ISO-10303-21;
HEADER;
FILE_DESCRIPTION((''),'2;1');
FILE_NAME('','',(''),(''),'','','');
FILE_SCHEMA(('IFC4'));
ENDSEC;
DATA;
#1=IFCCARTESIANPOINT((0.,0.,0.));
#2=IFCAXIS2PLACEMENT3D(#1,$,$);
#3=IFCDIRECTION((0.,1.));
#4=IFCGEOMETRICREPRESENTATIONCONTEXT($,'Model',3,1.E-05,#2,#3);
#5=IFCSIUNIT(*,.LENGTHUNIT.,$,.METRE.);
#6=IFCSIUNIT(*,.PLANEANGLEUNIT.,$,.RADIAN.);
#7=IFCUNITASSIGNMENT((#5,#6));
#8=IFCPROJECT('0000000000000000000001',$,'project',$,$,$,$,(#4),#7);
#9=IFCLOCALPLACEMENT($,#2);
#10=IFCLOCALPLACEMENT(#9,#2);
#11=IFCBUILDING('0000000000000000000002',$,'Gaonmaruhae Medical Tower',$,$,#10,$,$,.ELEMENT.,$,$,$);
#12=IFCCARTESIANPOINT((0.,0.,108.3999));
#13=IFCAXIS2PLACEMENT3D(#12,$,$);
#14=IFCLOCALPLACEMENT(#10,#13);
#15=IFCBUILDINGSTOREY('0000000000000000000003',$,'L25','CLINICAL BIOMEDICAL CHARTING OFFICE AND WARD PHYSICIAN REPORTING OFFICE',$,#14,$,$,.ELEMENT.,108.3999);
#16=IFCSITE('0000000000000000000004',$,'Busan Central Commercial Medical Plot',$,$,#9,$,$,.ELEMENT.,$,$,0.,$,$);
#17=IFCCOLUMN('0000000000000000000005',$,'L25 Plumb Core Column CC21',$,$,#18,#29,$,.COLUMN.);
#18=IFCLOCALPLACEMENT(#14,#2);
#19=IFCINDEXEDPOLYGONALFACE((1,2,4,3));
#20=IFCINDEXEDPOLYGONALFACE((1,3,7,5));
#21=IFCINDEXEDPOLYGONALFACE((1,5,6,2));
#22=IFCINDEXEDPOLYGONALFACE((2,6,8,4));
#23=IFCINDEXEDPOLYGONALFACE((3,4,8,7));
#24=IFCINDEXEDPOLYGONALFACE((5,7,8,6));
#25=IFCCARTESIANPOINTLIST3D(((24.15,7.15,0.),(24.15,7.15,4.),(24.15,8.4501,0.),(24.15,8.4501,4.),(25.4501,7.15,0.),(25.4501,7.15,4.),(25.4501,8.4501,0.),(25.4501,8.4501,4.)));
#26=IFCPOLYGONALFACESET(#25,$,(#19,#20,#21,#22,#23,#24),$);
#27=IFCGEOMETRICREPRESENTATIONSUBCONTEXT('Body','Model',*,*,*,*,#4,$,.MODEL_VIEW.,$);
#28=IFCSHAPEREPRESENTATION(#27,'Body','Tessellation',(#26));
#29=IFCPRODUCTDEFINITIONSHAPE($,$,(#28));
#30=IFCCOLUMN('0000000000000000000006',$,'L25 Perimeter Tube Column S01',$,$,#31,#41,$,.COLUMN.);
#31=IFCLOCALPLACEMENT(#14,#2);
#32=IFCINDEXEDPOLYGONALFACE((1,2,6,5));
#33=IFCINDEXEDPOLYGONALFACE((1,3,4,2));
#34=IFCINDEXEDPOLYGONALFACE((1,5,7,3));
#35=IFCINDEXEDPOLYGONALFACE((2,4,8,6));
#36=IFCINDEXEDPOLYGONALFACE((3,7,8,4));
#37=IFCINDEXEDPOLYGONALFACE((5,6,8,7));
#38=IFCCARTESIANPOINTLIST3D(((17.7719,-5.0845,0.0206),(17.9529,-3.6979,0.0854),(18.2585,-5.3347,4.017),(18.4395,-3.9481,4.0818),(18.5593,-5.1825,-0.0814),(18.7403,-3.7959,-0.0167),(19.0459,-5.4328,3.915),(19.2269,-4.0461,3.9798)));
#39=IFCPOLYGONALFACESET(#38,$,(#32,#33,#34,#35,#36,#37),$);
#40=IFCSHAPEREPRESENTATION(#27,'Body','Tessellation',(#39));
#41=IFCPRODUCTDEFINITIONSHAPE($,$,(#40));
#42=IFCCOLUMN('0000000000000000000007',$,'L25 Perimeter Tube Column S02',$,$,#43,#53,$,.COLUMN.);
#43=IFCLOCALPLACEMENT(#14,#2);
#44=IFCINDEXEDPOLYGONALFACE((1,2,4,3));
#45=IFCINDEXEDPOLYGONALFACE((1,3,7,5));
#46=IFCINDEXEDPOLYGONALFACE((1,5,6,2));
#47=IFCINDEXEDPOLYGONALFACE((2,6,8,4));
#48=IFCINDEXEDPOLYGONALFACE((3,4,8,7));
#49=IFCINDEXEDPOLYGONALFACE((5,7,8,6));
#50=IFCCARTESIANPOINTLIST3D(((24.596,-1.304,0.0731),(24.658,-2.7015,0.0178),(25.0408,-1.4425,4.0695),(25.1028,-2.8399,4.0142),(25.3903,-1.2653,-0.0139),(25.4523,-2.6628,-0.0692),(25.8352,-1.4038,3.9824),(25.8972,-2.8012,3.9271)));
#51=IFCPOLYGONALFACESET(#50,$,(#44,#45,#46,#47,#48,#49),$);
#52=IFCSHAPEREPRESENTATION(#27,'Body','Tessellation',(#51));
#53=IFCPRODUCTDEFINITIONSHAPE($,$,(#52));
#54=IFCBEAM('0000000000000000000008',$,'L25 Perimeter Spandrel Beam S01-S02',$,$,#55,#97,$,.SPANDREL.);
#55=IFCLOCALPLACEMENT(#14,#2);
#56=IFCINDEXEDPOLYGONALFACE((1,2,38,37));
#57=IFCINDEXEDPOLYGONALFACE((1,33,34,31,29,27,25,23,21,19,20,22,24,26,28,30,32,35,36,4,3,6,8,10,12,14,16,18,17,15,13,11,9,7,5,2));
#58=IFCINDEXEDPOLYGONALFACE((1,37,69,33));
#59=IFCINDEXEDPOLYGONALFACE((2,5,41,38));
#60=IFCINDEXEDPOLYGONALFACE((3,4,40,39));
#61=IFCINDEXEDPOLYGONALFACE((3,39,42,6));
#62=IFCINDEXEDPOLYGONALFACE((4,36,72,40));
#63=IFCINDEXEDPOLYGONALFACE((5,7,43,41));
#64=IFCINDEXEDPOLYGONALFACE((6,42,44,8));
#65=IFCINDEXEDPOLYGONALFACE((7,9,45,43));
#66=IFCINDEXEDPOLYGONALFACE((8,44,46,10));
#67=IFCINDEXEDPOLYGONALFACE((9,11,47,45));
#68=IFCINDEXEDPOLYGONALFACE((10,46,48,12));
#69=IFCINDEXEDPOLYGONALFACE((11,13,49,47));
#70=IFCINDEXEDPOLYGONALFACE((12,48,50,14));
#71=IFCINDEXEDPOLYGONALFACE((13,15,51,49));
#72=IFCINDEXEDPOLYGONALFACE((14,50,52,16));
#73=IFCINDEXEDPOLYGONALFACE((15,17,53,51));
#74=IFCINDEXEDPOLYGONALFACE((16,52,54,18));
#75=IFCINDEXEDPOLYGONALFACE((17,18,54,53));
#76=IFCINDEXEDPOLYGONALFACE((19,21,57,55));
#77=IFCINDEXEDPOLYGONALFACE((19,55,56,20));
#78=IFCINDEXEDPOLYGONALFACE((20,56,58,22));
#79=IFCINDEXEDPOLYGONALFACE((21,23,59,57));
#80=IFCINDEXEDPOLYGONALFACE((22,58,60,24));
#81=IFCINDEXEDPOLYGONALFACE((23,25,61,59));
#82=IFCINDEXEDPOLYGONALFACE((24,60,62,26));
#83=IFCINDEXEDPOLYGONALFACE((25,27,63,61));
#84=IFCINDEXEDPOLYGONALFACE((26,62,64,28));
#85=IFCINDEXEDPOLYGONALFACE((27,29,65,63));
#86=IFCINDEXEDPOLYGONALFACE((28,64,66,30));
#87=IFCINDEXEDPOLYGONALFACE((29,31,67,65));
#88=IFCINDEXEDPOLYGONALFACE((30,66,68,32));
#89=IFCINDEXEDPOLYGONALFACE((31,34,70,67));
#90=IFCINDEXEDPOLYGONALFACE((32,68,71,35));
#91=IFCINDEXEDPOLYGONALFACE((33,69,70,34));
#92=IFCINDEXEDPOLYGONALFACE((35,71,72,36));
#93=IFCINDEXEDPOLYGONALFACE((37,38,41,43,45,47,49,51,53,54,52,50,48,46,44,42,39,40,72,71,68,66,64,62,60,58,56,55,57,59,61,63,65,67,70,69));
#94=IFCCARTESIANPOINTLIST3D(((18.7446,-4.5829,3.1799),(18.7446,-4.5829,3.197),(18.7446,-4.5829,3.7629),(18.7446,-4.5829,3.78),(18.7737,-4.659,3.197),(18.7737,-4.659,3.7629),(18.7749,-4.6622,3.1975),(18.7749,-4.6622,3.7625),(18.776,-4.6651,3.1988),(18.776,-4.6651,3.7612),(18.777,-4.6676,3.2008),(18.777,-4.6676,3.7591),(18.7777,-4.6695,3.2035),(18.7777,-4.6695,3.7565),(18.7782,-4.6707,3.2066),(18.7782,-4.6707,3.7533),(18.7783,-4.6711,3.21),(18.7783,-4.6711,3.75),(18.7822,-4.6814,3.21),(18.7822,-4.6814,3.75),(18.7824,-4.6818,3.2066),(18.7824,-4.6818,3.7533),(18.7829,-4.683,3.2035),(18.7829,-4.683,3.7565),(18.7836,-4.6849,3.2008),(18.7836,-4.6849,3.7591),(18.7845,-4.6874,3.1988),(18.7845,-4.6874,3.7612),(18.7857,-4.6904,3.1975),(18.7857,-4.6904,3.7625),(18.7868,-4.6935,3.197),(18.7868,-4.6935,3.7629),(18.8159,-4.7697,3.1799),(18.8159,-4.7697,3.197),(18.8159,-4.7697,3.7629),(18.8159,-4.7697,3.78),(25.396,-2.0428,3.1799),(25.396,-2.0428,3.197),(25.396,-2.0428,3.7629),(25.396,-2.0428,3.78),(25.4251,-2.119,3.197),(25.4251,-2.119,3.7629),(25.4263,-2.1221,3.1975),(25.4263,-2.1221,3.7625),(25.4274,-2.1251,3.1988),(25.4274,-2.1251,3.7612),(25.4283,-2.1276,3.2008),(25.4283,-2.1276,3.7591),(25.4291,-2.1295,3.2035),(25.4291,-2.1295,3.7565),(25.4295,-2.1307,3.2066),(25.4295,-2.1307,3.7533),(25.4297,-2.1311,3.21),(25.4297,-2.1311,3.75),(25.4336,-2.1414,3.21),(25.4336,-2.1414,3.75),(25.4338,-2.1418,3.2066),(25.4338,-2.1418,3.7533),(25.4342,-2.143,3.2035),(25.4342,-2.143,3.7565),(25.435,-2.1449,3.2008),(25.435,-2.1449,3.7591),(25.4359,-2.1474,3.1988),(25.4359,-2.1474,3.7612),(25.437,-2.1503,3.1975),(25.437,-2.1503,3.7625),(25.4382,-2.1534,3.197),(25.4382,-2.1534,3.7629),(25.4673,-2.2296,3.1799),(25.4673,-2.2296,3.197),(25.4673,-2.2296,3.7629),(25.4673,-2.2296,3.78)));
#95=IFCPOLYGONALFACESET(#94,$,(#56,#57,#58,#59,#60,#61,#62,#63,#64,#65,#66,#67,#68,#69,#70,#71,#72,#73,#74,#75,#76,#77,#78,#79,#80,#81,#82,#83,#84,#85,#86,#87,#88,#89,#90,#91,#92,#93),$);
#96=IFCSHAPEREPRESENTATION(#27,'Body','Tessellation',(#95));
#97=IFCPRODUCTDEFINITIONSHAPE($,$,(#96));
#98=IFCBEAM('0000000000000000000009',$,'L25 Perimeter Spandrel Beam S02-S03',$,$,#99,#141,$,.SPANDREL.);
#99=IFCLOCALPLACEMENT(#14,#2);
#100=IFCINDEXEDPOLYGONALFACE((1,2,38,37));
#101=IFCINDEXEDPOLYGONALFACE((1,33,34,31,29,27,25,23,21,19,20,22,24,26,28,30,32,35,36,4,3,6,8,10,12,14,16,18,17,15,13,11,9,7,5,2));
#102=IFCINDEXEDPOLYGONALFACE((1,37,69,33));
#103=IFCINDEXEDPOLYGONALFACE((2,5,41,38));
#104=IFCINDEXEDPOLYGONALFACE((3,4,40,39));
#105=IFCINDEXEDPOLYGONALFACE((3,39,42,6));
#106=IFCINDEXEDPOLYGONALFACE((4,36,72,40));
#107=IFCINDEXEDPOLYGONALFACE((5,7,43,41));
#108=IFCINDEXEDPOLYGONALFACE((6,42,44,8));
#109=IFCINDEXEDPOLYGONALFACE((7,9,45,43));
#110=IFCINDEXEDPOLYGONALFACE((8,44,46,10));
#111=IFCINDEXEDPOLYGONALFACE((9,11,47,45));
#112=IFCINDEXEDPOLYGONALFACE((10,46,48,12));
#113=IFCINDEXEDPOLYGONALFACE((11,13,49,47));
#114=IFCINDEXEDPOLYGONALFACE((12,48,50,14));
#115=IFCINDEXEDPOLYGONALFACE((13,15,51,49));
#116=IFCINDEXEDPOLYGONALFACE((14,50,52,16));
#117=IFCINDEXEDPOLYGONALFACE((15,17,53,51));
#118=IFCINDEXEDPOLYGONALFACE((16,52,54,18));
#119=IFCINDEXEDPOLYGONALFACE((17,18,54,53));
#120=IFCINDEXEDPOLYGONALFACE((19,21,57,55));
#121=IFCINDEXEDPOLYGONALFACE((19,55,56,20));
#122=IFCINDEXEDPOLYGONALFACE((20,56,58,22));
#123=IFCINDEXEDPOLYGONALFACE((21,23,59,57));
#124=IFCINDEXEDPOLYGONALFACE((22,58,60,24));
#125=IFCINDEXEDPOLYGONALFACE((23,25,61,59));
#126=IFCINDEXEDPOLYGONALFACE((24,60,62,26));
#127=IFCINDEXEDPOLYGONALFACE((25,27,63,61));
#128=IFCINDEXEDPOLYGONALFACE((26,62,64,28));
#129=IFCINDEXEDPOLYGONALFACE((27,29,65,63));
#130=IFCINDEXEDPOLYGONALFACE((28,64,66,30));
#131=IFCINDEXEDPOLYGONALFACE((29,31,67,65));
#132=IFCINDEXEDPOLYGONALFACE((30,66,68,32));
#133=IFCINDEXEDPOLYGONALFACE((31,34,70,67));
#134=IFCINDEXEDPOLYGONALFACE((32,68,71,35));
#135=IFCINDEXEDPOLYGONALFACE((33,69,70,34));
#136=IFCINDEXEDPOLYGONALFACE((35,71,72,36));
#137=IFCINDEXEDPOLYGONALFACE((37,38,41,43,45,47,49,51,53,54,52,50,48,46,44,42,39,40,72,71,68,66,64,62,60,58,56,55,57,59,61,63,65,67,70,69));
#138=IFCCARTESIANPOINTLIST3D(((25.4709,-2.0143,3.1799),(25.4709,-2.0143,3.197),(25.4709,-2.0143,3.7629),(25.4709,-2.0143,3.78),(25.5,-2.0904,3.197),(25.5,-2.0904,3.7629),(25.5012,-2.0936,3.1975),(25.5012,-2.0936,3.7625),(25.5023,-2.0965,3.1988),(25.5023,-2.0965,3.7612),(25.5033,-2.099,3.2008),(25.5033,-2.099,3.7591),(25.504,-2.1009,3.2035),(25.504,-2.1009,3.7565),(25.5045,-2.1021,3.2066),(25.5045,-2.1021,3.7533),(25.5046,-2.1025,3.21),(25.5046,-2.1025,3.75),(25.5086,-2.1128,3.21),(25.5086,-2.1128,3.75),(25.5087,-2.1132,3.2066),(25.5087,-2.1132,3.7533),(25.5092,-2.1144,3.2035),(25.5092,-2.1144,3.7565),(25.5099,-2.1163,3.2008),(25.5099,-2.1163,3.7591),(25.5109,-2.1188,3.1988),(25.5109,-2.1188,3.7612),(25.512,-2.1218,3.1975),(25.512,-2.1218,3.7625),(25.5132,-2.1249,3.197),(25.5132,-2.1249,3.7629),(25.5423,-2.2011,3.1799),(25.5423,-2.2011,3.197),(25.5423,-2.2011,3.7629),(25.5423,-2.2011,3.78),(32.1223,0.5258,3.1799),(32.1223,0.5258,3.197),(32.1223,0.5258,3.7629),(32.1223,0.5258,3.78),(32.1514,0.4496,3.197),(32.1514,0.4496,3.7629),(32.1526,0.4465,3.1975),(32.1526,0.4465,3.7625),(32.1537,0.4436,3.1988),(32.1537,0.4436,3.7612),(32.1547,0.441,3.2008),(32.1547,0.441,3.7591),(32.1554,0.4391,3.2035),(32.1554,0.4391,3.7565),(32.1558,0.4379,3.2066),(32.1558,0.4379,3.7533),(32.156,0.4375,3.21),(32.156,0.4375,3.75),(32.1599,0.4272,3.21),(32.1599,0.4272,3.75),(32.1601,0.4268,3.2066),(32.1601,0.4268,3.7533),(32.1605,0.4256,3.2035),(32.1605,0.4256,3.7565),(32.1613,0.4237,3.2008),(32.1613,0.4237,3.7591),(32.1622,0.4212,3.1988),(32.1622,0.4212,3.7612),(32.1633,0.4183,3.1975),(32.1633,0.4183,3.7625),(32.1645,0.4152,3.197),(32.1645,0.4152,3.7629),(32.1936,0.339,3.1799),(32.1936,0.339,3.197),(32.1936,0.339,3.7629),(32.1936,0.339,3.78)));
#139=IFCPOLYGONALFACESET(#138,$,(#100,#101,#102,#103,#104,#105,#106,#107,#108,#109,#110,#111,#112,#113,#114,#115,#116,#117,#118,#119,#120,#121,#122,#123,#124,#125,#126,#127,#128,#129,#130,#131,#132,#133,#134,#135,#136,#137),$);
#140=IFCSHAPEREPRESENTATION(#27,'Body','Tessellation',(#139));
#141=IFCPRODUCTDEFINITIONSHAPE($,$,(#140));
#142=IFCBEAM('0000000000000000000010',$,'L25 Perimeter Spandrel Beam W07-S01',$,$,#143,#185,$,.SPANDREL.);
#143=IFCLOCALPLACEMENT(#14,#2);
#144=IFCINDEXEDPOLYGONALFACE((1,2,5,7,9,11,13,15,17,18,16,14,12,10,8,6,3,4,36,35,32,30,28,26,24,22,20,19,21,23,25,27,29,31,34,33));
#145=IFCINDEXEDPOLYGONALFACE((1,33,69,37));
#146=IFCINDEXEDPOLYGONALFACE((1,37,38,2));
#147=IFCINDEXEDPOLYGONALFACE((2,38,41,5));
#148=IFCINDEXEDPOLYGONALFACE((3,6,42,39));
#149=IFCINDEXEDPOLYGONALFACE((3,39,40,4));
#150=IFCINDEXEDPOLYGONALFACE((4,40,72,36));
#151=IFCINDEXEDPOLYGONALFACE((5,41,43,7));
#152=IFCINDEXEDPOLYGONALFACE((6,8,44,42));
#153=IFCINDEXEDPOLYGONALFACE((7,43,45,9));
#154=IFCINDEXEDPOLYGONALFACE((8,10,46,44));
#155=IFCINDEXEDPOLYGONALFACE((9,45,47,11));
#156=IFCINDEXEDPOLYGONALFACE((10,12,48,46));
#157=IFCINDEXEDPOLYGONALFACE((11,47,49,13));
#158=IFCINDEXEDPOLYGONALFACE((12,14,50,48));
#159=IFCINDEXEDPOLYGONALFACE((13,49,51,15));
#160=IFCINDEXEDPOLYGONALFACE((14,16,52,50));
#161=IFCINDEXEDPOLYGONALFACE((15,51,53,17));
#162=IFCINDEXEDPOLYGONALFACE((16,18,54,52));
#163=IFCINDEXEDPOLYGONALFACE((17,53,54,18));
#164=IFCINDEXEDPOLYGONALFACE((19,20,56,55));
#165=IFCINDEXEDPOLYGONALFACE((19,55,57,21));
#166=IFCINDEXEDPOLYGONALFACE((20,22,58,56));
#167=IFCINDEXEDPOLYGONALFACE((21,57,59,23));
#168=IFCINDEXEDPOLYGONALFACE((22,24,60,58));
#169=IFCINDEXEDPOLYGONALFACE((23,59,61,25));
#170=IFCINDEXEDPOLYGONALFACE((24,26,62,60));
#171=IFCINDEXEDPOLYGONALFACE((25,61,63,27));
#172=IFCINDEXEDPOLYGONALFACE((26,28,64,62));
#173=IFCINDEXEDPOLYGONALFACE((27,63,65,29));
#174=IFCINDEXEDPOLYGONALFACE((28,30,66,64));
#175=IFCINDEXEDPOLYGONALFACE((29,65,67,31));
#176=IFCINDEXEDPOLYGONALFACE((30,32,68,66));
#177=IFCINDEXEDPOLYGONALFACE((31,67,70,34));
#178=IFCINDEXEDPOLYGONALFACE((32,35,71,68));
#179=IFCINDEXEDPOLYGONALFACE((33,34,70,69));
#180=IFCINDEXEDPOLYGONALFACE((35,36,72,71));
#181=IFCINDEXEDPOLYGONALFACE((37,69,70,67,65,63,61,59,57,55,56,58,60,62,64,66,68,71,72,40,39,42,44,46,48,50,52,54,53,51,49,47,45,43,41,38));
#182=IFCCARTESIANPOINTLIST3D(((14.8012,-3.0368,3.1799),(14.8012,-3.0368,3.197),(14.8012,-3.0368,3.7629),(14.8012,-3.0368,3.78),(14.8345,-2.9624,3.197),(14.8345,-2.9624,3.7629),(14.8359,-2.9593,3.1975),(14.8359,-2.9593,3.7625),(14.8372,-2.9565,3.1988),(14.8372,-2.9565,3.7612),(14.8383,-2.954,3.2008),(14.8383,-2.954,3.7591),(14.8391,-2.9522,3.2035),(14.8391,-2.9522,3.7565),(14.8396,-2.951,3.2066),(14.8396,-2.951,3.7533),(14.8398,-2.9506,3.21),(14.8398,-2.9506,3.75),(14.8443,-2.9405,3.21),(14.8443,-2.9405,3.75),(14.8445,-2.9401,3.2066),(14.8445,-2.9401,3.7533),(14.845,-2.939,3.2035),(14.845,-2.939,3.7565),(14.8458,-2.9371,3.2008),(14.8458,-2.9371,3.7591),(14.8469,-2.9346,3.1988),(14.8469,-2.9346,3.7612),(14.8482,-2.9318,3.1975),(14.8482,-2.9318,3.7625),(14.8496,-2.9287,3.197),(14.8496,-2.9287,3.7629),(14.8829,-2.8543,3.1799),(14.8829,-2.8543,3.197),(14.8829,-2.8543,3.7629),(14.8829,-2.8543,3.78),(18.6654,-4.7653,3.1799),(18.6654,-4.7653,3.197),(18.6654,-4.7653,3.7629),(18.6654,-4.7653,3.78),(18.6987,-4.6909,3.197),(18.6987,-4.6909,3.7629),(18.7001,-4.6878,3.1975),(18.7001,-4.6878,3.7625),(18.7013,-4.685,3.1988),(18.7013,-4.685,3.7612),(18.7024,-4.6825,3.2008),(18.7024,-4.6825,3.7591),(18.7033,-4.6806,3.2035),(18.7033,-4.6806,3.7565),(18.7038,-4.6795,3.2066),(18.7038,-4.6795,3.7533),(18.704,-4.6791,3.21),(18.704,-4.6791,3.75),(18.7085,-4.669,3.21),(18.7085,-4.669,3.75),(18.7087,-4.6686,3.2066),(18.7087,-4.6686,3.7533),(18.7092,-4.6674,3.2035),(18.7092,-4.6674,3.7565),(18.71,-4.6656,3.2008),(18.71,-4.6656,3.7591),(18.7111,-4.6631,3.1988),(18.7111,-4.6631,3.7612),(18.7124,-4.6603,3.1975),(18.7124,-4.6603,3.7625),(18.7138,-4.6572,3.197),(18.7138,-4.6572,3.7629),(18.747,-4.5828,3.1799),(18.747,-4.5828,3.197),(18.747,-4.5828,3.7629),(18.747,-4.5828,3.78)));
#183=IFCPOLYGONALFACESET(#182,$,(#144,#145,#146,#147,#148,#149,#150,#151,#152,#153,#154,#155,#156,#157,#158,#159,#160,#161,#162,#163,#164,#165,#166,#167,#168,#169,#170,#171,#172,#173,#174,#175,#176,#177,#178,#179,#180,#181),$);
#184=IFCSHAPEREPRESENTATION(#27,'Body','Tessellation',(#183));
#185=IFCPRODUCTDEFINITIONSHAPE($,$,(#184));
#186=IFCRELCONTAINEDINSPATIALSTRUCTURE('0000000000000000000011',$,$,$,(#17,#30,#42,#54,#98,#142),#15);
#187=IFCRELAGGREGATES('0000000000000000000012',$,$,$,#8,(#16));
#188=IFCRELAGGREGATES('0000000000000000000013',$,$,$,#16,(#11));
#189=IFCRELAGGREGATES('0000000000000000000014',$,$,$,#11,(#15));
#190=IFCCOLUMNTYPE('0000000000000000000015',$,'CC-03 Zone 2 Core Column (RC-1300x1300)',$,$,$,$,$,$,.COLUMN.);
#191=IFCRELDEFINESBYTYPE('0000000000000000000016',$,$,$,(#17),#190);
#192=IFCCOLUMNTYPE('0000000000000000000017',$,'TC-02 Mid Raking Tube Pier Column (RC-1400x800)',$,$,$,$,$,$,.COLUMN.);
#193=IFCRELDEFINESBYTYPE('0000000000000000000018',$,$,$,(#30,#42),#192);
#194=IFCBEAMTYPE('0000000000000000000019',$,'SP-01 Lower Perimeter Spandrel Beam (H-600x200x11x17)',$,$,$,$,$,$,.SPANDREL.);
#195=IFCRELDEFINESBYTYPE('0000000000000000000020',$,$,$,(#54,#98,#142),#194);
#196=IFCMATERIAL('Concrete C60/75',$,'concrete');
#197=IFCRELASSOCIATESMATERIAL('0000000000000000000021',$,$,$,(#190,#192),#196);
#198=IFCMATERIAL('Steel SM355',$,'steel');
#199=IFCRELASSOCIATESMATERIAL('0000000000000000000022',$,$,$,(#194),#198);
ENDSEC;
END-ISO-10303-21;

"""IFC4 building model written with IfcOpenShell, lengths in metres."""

from ifc_helpers import new_model, si_unit, direction, frame, origin, origin_2d, place, context, subcontext, project, spatial, rectangle, i_section, extrude, material, material_profile, profile_set, type_object, element, save


model = new_model("IFC4")

# Units and contexts
model_context = context("Model", 3, precision=1e-05, world=origin(), true_north=direction((0.0, 1.0)))
body_context = subcontext(model_context, "Body", "Model", "MODEL_VIEW")
ifc_project = project(units=[si_unit("LENGTHUNIT", "METRE"), si_unit("PLANEANGLEUNIT", "RADIAN")], contexts=[model_context])

# Site, building, storey
site_placement = place(None, origin())
site = spatial("IfcSite", under=ifc_project, at=site_placement, Name="Busan Central Commercial Medical Plot", CompositionType="ELEMENT", RefElevation=0.0)
building_placement = place(site_placement, origin())
building = spatial("IfcBuilding", under=site, at=building_placement, Name="Gaonmaruhae Medical Tower", CompositionType="ELEMENT")
storey_placement = place(building_placement, frame((0.0, 0.0, 108.3999)))
storey = spatial("IfcBuildingStorey", under=building, at=storey_placement, Name="L25", Description="CLINICAL BIOMEDICAL CHARTING OFFICE AND WARD PHYSICIAN REPORTING OFFICE", CompositionType="ELEMENT", Elevation=108.3999)

# Columns
ifc_material_1 = material(Name="Concrete C60/75", Category="concrete")
ifc_material_profile_1 = material_profile(ifc_material_1, rectangle(XDim=1.3, YDim=1.3, at=origin_2d()), Name="RC-1300x1300")
ifc_profile_set_1 = profile_set([ifc_material_profile_1], Name="Concrete C60/75")
column_type_1 = type_object("IfcColumnType", Name="CC-03 Zone 2 Core Column (RC-1300x1300)", PredefinedType="COLUMN", material=ifc_profile_set_1)
column_1_placement = place(storey_placement, frame((24.8, 7.8, 0.0), z_axis=(0.0, 0.0, 1.0), x_axis=(1.0, 0.0, 0.0)))
element("IfcColumn", 1, at=column_1_placement, inside=storey, type_object=column_type_1, Name="L25 Plumb Core Column CC21", PredefinedType="COLUMN", context=body_context, shape_type="SweptSolid", body=[
    extrude(rectangle(XDim=1.3, YDim=1.3, at=origin_2d()), origin(), (0.0, 0.0, 1.0), 4.0),
])
ifc_material_profile_2 = material_profile(ifc_material_1, rectangle(XDim=1.3999, YDim=0.8, at=origin_2d()), Name="RC-1400x800")
ifc_profile_set_2 = profile_set([ifc_material_profile_2], Name="Concrete C60/75")
column_type_2 = type_object("IfcColumnType", Name="TC-02 Mid Raking Tube Pier Column (RC-1400x800)", PredefinedType="COLUMN", material=ifc_profile_set_2)
column_2_placement = place(storey_placement, frame((18.2561, -4.4402, 0.002), z_axis=(0.120629, -0.06204, 0.990757), x_axis=(0.129294, 0.990526, 0.046283)))
element("IfcColumn", 2, at=column_2_placement, inside=storey, type_object=column_type_2, Name="L25 Perimeter Tube Column S01", PredefinedType="COLUMN", context=body_context, shape_type="SweptSolid", body=[
    extrude(rectangle(XDim=1.3999, YDim=0.8, at=origin_2d()), origin(), (0.0, 0.0, 1.0), 4.0337),
])
column_3_placement = place(storey_placement, frame((25.0242, -1.9834, 0.002), z_axis=(0.110559, -0.034406, 0.993274), x_axis=(-0.044288, 0.998237, 0.039507)))
element("IfcColumn", 3, at=column_3_placement, inside=storey, type_object=column_type_2, Name="L25 Perimeter Tube Column S02", PredefinedType="COLUMN", context=body_context, shape_type="SweptSolid", body=[
    extrude(rectangle(XDim=1.3999, YDim=0.8, at=origin_2d()), origin(), (0.0, 0.0, 1.0), 4.0234),
])

# Beams
ifc_material_2 = material(Name="Steel SM355", Category="steel")
ifc_material_profile_3 = material_profile(ifc_material_2, i_section(OverallWidth=0.2, OverallDepth=0.6001, WebThickness=0.011, FlangeThickness=0.0171, FilletRadius=0.0129, at=origin_2d()), Name="H-600x200x11x17")
ifc_profile_set_3 = profile_set([ifc_material_profile_3], Name="Steel SM355")
beam_type = type_object("IfcBeamType", Name="SP-01 Lower Perimeter Spandrel Beam (H-600x200x11x17)", PredefinedType="SPANDREL", material=ifc_profile_set_3)
for number, where, z_axis, x_axis, name in (
    (4, (18.7803, -4.6763, 3.48), (0.934198, 0.356754, 0.0), (-0.356754, 0.934198, 0.0), "L25 Perimeter Spandrel Beam S01-S02"),
    (5, (25.5066, -2.1077, 3.48), (0.934198, 0.356754, 0.0), (-0.356754, 0.934198, 0.0), "L25 Perimeter Spandrel Beam S02-S03"),
):
    element("IfcBeam", number, at=place(storey_placement, frame(where, z_axis=z_axis, x_axis=x_axis)), inside=storey, type_object=beam_type, Name=name, PredefinedType="SPANDREL", context=body_context, shape_type="SweptSolid", body=[
        extrude(i_section(OverallWidth=0.2, OverallDepth=0.6001, WebThickness=0.011, FlangeThickness=0.0171, FilletRadius=0.0129, at=origin_2d()), origin(), (0.0, 0.0, 1.0), 7.1199),
    ])
beam_placement = place(storey_placement, frame((14.842, -2.9456, 3.48), z_axis=(0.912839, -0.408321, 0.0), x_axis=(0.408321, 0.912839, 0.0)))
element("IfcBeam", 6, at=beam_placement, inside=storey, type_object=beam_type, Name="L25 Perimeter Spandrel Beam W07-S01", PredefinedType="SPANDREL", context=body_context, shape_type="SweptSolid", body=[
    extrude(i_section(OverallWidth=0.2, OverallDepth=0.6001, WebThickness=0.011, FlangeThickness=0.0171, FilletRadius=0.0129, at=origin_2d()), origin(), (0.0, 0.0, 1.0), 4.2332),
])

save(model, "model.ifc")
